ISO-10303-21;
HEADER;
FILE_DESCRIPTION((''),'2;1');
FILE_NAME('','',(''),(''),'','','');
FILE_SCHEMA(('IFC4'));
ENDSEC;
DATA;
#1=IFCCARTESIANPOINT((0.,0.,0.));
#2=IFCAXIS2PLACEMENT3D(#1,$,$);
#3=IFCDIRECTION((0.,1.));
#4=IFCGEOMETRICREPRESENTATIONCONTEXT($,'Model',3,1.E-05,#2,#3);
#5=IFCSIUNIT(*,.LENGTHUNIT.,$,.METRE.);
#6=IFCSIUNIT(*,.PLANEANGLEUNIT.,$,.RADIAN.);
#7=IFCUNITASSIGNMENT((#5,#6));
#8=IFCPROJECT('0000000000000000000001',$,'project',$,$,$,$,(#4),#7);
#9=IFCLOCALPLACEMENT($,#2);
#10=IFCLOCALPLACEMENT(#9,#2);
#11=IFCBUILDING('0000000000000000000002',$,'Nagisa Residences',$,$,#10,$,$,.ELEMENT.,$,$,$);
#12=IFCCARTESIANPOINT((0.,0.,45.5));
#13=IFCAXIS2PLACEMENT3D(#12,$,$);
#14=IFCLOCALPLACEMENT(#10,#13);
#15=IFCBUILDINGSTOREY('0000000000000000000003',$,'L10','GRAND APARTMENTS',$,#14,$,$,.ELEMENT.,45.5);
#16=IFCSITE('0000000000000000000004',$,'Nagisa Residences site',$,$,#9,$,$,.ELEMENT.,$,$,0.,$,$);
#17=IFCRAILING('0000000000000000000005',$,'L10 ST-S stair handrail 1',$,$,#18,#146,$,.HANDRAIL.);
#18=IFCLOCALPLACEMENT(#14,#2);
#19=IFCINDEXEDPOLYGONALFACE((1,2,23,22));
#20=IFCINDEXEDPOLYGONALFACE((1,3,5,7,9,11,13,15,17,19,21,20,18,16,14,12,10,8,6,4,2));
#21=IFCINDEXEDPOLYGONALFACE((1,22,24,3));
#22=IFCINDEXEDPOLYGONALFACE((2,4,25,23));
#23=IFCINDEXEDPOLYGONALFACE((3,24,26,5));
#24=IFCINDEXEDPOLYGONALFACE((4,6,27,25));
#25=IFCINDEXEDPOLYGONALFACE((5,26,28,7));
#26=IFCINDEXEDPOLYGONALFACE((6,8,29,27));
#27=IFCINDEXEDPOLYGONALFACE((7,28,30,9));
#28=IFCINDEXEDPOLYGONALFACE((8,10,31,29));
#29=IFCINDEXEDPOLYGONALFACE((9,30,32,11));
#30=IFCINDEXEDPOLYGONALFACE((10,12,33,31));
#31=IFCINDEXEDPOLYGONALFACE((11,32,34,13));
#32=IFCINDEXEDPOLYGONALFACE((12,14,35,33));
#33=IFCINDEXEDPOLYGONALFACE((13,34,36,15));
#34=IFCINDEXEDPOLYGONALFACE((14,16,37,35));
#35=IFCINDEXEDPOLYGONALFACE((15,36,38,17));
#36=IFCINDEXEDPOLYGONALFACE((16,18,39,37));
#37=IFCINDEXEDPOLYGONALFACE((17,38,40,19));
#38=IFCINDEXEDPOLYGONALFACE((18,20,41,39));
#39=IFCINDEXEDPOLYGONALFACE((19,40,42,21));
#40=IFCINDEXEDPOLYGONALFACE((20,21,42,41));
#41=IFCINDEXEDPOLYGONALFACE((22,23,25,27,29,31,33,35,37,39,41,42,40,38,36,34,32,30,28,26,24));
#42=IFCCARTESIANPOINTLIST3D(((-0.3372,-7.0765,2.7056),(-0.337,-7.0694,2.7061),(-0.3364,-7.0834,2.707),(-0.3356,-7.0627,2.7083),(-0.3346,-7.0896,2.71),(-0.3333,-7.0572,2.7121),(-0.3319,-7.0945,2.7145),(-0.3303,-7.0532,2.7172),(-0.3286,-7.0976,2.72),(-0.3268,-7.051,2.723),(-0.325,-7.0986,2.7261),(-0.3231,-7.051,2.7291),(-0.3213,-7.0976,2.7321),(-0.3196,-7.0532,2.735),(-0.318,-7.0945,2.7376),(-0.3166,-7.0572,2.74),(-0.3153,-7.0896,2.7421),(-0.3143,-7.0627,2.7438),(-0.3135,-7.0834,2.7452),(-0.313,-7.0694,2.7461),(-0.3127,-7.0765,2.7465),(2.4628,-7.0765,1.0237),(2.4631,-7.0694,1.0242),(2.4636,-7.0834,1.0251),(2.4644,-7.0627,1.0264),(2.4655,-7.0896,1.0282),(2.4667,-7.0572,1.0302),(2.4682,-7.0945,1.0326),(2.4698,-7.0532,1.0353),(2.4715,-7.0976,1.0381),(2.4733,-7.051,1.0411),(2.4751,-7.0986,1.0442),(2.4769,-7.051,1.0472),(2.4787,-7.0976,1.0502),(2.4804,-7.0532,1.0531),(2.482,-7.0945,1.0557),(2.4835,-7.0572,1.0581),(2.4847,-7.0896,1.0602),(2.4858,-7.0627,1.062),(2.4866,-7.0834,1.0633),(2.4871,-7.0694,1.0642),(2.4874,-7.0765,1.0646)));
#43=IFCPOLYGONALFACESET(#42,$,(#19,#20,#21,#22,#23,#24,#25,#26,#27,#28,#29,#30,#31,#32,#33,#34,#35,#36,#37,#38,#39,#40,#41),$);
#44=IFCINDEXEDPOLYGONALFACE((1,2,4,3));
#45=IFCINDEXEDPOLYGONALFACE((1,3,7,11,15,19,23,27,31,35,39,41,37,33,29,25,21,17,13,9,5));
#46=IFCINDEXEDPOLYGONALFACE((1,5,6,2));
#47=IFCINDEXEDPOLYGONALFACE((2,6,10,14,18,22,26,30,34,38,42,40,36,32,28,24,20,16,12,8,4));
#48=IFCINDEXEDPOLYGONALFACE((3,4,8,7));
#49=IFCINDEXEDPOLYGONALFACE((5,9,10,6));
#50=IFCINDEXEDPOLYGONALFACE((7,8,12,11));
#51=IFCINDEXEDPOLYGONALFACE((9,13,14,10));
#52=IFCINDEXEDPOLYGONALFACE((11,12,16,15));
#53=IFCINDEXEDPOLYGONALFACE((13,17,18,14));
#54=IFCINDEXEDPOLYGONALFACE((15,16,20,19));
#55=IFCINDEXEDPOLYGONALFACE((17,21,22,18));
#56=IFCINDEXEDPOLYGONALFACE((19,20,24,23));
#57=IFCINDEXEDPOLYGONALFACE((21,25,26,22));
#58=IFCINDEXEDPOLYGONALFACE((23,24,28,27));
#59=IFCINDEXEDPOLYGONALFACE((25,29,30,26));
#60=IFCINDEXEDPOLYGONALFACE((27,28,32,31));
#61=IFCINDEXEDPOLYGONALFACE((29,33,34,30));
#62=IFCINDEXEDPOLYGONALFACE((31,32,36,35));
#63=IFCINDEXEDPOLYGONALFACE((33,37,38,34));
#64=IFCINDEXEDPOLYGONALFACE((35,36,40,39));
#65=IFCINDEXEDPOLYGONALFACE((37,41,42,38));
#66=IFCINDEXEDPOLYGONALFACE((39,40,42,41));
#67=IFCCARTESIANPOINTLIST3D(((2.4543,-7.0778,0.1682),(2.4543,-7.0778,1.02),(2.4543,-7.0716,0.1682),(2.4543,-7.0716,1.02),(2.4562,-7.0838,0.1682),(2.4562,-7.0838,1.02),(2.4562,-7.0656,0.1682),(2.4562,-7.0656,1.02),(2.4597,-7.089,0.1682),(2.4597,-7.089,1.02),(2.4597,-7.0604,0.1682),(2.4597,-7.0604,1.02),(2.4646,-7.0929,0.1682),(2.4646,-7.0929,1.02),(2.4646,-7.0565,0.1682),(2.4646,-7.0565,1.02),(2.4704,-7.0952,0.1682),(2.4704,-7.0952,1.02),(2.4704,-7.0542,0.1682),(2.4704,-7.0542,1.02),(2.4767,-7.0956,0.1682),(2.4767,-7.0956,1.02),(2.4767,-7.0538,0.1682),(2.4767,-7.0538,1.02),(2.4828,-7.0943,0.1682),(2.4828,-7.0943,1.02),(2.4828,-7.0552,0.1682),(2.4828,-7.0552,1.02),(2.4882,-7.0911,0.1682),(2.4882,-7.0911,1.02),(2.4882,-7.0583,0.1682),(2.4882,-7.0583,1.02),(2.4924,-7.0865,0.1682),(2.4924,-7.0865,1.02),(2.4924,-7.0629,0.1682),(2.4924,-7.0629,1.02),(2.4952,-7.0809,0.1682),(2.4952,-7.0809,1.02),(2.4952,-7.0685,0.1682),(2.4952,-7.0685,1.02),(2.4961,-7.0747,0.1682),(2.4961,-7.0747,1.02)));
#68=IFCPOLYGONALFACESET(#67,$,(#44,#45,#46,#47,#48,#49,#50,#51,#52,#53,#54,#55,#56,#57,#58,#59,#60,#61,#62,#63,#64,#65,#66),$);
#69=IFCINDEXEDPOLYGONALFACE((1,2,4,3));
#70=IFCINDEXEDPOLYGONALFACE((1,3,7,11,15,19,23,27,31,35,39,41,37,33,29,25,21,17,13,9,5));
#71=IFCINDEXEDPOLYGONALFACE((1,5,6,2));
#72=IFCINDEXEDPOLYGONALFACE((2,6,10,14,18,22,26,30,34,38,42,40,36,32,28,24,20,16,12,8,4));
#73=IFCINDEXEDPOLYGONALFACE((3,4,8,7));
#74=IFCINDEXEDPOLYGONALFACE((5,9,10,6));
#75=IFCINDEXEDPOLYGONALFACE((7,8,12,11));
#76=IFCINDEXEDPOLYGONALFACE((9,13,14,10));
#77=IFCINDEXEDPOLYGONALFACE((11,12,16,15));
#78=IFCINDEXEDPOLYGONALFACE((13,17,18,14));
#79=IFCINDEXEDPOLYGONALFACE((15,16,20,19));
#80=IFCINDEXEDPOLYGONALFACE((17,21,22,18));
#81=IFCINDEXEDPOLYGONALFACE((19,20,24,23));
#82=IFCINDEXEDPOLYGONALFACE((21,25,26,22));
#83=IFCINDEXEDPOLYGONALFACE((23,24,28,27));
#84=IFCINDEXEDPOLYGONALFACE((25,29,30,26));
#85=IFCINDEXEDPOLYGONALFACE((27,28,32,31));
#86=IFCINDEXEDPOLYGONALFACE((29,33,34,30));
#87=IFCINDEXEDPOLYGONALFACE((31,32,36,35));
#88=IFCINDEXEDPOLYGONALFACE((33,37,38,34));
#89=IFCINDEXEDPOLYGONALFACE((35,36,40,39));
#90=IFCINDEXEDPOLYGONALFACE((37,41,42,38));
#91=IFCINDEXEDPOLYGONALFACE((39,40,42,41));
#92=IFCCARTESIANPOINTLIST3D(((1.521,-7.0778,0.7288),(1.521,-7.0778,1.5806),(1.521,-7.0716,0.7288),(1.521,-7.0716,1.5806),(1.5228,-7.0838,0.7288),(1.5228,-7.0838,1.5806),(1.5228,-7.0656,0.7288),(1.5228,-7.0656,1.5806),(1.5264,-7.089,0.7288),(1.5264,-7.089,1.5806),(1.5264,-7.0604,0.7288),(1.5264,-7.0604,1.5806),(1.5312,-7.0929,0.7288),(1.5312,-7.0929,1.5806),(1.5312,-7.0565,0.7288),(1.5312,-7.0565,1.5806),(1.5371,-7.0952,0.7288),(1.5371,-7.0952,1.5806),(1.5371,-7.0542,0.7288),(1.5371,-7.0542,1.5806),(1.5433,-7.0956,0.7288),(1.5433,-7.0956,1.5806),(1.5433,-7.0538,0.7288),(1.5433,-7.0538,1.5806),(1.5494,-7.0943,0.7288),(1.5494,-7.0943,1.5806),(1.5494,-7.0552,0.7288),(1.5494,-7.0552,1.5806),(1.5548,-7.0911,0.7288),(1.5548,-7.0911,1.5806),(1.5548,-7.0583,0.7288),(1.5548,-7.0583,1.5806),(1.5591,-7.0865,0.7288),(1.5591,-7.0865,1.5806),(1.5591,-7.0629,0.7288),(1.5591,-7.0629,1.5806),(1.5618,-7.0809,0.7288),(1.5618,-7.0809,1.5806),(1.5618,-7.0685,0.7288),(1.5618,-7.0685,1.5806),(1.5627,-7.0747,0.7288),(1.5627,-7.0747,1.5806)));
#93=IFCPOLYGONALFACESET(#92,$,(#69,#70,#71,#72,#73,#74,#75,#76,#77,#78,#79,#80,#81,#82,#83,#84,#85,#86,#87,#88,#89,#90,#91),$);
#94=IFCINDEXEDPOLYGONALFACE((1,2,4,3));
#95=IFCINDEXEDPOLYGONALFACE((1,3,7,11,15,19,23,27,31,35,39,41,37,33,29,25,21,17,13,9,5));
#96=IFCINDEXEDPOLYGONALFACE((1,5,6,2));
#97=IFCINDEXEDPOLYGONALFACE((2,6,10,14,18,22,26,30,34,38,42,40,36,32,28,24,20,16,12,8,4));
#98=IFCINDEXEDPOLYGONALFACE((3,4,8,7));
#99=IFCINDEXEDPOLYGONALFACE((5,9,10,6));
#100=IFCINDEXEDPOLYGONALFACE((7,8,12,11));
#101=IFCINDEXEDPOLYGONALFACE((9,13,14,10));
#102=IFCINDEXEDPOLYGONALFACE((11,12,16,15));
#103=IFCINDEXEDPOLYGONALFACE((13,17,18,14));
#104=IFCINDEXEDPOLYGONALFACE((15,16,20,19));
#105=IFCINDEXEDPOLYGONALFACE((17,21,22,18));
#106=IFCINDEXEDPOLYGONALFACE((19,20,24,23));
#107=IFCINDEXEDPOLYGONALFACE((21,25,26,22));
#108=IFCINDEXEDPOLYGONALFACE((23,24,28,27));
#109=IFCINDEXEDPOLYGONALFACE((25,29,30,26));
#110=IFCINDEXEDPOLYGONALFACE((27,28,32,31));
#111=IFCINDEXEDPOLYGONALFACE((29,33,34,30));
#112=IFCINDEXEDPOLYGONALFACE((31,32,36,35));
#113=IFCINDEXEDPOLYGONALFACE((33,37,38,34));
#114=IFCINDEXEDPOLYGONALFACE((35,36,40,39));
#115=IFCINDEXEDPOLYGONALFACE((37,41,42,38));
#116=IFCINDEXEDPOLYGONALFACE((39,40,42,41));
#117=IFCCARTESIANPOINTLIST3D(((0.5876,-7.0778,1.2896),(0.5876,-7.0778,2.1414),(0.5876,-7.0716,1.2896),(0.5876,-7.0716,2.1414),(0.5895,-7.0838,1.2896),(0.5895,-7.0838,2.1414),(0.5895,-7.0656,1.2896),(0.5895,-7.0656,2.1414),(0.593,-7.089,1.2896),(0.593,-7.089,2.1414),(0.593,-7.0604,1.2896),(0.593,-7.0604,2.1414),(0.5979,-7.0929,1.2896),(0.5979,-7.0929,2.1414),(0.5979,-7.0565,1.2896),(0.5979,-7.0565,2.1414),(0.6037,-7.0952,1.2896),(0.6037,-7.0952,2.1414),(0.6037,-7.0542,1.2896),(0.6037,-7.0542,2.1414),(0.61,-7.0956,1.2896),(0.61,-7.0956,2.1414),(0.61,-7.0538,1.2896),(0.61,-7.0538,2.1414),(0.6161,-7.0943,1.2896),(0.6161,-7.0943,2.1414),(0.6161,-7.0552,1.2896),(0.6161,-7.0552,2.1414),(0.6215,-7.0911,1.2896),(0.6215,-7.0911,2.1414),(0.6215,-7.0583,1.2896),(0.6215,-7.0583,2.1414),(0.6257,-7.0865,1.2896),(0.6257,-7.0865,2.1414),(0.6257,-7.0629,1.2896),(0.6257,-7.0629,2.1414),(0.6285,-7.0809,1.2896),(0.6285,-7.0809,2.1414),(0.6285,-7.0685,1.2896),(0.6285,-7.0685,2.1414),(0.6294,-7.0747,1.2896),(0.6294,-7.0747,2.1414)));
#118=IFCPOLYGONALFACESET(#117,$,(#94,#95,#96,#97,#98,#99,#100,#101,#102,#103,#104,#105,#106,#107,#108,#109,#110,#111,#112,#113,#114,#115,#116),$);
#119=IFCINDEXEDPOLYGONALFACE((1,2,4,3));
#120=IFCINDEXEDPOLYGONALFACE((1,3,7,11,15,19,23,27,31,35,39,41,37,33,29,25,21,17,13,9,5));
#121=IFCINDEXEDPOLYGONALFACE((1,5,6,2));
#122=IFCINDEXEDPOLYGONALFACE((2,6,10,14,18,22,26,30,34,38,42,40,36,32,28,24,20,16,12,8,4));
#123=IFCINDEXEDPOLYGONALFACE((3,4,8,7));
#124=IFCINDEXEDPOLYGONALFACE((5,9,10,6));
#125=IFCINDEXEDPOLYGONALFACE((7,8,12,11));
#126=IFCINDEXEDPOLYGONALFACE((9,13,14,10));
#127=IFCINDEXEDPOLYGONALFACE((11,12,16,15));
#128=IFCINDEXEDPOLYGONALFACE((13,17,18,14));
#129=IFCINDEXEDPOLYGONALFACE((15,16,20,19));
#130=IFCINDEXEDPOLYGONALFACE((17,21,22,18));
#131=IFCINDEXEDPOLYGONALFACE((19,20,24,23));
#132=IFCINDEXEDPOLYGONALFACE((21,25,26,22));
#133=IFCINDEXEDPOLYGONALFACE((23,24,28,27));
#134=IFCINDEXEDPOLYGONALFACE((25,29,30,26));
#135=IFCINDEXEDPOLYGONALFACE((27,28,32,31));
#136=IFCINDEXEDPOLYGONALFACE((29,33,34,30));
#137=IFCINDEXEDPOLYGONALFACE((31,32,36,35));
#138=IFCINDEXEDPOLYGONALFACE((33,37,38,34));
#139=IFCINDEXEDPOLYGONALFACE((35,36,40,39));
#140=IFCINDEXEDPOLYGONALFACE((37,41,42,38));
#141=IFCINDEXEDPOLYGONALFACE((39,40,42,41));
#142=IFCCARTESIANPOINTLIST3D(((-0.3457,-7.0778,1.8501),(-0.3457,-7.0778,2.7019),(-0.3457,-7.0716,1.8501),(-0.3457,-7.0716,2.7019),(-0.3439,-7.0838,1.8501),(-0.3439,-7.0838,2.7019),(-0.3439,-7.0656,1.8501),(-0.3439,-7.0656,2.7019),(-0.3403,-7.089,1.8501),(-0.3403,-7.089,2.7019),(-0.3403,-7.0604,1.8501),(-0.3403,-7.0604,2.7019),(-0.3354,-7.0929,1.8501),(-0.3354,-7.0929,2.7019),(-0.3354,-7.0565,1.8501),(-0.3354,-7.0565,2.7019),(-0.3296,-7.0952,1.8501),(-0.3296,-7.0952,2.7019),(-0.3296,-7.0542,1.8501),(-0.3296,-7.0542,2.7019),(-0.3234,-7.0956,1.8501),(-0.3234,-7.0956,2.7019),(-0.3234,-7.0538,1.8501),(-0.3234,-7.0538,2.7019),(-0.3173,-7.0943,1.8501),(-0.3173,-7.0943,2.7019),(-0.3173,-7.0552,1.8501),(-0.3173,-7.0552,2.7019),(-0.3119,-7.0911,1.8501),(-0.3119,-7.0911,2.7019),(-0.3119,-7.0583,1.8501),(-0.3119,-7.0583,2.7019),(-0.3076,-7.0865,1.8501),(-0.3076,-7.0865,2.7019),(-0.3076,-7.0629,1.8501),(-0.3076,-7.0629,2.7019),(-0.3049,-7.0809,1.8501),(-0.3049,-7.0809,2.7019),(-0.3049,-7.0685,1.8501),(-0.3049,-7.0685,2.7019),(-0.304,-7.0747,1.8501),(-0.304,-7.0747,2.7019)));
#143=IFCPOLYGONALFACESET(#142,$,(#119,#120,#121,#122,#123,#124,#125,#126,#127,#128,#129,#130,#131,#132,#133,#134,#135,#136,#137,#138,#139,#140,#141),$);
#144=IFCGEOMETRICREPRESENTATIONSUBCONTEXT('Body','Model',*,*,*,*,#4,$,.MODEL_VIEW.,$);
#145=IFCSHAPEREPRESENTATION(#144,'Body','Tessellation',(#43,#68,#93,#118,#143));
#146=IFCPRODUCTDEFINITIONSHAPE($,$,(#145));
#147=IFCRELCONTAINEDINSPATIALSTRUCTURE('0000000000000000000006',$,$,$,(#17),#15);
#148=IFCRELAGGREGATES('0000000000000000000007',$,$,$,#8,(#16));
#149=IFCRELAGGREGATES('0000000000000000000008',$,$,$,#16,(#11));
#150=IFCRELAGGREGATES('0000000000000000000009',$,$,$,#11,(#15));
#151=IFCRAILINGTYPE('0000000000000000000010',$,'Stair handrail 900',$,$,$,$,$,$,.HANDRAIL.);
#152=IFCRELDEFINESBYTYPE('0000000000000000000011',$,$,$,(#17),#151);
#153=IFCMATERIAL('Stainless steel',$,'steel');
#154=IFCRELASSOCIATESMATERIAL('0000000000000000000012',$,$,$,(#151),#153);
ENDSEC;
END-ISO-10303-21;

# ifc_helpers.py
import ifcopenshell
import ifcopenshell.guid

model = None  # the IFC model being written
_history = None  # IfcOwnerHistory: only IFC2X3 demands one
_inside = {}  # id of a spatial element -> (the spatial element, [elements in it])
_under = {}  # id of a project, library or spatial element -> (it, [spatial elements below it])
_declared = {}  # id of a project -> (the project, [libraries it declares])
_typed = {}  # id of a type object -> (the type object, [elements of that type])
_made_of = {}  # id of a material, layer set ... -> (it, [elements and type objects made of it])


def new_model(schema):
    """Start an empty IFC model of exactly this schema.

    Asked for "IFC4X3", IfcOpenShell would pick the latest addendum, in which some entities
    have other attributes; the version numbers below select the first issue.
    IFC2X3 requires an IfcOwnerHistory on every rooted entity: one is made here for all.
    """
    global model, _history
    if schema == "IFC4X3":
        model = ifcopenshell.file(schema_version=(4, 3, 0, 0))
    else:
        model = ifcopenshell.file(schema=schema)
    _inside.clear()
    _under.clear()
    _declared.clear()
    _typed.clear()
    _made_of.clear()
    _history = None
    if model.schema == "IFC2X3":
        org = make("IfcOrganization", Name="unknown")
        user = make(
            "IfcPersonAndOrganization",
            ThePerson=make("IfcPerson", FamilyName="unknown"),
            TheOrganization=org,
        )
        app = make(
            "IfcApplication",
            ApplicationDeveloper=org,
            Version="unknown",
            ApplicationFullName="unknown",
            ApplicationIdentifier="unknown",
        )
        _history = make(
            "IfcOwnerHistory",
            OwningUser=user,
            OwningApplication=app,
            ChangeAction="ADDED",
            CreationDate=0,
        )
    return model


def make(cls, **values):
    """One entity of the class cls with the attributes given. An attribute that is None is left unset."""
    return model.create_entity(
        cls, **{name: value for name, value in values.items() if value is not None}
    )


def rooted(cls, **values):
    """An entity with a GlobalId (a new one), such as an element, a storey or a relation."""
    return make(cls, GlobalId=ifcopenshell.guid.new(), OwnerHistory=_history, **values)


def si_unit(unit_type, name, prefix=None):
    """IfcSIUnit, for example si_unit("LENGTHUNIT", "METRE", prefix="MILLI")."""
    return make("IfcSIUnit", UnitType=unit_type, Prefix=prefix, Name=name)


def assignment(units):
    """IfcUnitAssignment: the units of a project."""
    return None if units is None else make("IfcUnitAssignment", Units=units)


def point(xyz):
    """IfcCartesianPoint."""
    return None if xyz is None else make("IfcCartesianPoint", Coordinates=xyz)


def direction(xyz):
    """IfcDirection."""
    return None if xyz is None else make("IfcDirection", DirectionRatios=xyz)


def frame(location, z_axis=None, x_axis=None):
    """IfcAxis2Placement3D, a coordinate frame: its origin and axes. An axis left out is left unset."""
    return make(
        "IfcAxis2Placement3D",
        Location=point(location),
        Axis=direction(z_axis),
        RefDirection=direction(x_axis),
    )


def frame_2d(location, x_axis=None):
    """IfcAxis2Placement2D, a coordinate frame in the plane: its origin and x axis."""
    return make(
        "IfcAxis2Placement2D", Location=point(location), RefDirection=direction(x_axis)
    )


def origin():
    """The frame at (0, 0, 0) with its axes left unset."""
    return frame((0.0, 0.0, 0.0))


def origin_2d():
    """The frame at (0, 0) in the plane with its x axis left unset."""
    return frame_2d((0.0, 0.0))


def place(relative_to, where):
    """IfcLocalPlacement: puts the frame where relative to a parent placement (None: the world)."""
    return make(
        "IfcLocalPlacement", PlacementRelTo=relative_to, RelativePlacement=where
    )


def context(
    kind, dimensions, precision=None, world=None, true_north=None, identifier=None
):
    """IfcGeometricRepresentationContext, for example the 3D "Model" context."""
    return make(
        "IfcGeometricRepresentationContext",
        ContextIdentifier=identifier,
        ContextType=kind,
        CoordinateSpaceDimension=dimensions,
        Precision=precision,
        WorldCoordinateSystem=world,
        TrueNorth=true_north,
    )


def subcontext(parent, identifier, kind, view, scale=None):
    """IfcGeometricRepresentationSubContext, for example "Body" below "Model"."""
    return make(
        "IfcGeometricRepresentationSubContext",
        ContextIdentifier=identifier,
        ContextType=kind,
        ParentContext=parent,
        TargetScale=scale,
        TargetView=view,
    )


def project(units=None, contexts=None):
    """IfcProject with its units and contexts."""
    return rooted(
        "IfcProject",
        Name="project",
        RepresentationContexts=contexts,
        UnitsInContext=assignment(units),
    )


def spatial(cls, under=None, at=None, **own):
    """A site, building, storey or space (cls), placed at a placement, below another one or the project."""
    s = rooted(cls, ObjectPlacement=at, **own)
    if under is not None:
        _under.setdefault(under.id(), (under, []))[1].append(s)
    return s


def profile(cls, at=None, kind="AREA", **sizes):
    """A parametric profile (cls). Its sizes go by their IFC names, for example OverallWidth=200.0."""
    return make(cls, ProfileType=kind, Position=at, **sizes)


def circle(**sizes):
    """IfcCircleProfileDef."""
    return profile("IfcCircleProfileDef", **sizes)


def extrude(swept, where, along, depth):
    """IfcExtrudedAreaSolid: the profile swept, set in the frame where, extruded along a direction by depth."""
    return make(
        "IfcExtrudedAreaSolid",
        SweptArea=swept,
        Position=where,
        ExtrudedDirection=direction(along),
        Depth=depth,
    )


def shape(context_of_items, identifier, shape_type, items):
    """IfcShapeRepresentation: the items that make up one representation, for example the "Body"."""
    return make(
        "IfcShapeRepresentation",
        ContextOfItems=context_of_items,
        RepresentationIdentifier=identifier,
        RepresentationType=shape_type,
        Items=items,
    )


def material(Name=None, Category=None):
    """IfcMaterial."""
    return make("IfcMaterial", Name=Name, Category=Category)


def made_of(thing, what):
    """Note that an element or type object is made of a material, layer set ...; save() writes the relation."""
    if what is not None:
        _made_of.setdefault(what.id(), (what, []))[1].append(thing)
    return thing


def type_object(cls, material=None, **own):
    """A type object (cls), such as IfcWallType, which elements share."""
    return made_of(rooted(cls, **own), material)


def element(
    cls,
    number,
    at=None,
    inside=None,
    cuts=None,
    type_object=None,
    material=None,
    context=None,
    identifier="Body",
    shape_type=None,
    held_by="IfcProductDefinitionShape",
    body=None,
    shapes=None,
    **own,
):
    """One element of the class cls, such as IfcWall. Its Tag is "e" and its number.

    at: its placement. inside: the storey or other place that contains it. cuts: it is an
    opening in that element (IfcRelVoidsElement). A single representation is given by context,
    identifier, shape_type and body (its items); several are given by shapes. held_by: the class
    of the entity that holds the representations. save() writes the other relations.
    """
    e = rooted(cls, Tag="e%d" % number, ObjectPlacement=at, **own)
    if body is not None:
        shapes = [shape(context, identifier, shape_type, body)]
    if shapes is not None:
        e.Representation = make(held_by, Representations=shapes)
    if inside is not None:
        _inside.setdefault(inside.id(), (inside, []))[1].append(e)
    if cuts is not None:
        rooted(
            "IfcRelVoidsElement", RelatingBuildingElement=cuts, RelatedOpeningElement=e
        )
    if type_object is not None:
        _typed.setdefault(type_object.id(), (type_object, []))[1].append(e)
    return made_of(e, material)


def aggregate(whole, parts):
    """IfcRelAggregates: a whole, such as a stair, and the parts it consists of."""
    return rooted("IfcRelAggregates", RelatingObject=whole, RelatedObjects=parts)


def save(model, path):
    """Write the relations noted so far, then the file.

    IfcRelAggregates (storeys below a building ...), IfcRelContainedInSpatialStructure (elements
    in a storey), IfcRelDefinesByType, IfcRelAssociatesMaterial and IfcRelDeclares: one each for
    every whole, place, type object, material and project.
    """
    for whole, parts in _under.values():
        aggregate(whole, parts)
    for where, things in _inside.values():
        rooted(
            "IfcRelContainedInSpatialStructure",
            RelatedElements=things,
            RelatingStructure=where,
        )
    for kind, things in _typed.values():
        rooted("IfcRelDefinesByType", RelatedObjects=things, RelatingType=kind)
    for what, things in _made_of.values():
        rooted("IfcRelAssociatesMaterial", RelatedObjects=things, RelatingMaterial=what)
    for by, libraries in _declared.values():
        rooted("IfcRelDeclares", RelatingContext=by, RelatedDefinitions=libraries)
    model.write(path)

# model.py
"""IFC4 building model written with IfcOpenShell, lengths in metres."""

from ifc_helpers import new_model, si_unit, direction, frame, origin, origin_2d, place, context, subcontext, project, spatial, circle, extrude, material, type_object, element, save


model = new_model("IFC4")

# Units and contexts
model_context = context("Model", 3, precision=1e-05, world=origin(), true_north=direction((0.0, 1.0)))
body_context = subcontext(model_context, "Body", "Model", "MODEL_VIEW")
ifc_project = project(units=[si_unit("LENGTHUNIT", "METRE"), si_unit("PLANEANGLEUNIT", "RADIAN")], contexts=[model_context])

# Site, building, storey
site_placement = place(None, origin())
site = spatial("IfcSite", under=ifc_project, at=site_placement, Name="Nagisa Residences site", CompositionType="ELEMENT", RefElevation=0.0)
building_placement = place(site_placement, origin())
building = spatial("IfcBuilding", under=site, at=building_placement, Name="Nagisa Residences", CompositionType="ELEMENT")
storey_placement = place(building_placement, frame((0.0, 0.0, 45.5)))
storey = spatial("IfcBuildingStorey", under=building, at=storey_placement, Name="L10", Description="GRAND APARTMENTS", CompositionType="ELEMENT", Elevation=45.5)

# Railing
ifc_material_1 = material(Name="Stainless steel", Category="steel")
railing_type = type_object("IfcRailingType", Name="Stair handrail 900", PredefinedType="HANDRAIL", material=ifc_material_1)
railing_1_placement = place(storey_placement, frame((2.4751, -7.0747, 0.1682)))
element("IfcRailing", 1, at=railing_1_placement, inside=storey, type_object=railing_type, Name="L10 ST-S stair handrail 1", PredefinedType="HANDRAIL", context=body_context, shape_type="SweptSolid", body=[
    extrude(circle(Radius=0.0239, at=origin_2d()), frame((0.0, 0.0, 0.876), z_axis=(-0.857242, 0.0, 0.514913), x_axis=(0.0, -1.0, 0.0)), (0.0, 0.0, 1.0), 3.2664),
    extrude(circle(Radius=0.021, at=origin_2d()), origin(), (0.0, 0.0, 1.0), 0.8518),
    extrude(circle(Radius=0.021, at=origin_2d()), frame((-0.9333, 0.0, 0.5605)), (0.0, 0.0, 1.0), 0.8518),
    extrude(circle(Radius=0.021, at=origin_2d()), frame((-1.8667, 0.0, 1.1213)), (0.0, 0.0, 1.0), 0.8518),
    extrude(circle(Radius=0.021, at=origin_2d()), frame((-2.8, 0.0, 1.6819)), (0.0, 0.0, 1.0), 0.8518),
])

save(model, "model.ifc")
